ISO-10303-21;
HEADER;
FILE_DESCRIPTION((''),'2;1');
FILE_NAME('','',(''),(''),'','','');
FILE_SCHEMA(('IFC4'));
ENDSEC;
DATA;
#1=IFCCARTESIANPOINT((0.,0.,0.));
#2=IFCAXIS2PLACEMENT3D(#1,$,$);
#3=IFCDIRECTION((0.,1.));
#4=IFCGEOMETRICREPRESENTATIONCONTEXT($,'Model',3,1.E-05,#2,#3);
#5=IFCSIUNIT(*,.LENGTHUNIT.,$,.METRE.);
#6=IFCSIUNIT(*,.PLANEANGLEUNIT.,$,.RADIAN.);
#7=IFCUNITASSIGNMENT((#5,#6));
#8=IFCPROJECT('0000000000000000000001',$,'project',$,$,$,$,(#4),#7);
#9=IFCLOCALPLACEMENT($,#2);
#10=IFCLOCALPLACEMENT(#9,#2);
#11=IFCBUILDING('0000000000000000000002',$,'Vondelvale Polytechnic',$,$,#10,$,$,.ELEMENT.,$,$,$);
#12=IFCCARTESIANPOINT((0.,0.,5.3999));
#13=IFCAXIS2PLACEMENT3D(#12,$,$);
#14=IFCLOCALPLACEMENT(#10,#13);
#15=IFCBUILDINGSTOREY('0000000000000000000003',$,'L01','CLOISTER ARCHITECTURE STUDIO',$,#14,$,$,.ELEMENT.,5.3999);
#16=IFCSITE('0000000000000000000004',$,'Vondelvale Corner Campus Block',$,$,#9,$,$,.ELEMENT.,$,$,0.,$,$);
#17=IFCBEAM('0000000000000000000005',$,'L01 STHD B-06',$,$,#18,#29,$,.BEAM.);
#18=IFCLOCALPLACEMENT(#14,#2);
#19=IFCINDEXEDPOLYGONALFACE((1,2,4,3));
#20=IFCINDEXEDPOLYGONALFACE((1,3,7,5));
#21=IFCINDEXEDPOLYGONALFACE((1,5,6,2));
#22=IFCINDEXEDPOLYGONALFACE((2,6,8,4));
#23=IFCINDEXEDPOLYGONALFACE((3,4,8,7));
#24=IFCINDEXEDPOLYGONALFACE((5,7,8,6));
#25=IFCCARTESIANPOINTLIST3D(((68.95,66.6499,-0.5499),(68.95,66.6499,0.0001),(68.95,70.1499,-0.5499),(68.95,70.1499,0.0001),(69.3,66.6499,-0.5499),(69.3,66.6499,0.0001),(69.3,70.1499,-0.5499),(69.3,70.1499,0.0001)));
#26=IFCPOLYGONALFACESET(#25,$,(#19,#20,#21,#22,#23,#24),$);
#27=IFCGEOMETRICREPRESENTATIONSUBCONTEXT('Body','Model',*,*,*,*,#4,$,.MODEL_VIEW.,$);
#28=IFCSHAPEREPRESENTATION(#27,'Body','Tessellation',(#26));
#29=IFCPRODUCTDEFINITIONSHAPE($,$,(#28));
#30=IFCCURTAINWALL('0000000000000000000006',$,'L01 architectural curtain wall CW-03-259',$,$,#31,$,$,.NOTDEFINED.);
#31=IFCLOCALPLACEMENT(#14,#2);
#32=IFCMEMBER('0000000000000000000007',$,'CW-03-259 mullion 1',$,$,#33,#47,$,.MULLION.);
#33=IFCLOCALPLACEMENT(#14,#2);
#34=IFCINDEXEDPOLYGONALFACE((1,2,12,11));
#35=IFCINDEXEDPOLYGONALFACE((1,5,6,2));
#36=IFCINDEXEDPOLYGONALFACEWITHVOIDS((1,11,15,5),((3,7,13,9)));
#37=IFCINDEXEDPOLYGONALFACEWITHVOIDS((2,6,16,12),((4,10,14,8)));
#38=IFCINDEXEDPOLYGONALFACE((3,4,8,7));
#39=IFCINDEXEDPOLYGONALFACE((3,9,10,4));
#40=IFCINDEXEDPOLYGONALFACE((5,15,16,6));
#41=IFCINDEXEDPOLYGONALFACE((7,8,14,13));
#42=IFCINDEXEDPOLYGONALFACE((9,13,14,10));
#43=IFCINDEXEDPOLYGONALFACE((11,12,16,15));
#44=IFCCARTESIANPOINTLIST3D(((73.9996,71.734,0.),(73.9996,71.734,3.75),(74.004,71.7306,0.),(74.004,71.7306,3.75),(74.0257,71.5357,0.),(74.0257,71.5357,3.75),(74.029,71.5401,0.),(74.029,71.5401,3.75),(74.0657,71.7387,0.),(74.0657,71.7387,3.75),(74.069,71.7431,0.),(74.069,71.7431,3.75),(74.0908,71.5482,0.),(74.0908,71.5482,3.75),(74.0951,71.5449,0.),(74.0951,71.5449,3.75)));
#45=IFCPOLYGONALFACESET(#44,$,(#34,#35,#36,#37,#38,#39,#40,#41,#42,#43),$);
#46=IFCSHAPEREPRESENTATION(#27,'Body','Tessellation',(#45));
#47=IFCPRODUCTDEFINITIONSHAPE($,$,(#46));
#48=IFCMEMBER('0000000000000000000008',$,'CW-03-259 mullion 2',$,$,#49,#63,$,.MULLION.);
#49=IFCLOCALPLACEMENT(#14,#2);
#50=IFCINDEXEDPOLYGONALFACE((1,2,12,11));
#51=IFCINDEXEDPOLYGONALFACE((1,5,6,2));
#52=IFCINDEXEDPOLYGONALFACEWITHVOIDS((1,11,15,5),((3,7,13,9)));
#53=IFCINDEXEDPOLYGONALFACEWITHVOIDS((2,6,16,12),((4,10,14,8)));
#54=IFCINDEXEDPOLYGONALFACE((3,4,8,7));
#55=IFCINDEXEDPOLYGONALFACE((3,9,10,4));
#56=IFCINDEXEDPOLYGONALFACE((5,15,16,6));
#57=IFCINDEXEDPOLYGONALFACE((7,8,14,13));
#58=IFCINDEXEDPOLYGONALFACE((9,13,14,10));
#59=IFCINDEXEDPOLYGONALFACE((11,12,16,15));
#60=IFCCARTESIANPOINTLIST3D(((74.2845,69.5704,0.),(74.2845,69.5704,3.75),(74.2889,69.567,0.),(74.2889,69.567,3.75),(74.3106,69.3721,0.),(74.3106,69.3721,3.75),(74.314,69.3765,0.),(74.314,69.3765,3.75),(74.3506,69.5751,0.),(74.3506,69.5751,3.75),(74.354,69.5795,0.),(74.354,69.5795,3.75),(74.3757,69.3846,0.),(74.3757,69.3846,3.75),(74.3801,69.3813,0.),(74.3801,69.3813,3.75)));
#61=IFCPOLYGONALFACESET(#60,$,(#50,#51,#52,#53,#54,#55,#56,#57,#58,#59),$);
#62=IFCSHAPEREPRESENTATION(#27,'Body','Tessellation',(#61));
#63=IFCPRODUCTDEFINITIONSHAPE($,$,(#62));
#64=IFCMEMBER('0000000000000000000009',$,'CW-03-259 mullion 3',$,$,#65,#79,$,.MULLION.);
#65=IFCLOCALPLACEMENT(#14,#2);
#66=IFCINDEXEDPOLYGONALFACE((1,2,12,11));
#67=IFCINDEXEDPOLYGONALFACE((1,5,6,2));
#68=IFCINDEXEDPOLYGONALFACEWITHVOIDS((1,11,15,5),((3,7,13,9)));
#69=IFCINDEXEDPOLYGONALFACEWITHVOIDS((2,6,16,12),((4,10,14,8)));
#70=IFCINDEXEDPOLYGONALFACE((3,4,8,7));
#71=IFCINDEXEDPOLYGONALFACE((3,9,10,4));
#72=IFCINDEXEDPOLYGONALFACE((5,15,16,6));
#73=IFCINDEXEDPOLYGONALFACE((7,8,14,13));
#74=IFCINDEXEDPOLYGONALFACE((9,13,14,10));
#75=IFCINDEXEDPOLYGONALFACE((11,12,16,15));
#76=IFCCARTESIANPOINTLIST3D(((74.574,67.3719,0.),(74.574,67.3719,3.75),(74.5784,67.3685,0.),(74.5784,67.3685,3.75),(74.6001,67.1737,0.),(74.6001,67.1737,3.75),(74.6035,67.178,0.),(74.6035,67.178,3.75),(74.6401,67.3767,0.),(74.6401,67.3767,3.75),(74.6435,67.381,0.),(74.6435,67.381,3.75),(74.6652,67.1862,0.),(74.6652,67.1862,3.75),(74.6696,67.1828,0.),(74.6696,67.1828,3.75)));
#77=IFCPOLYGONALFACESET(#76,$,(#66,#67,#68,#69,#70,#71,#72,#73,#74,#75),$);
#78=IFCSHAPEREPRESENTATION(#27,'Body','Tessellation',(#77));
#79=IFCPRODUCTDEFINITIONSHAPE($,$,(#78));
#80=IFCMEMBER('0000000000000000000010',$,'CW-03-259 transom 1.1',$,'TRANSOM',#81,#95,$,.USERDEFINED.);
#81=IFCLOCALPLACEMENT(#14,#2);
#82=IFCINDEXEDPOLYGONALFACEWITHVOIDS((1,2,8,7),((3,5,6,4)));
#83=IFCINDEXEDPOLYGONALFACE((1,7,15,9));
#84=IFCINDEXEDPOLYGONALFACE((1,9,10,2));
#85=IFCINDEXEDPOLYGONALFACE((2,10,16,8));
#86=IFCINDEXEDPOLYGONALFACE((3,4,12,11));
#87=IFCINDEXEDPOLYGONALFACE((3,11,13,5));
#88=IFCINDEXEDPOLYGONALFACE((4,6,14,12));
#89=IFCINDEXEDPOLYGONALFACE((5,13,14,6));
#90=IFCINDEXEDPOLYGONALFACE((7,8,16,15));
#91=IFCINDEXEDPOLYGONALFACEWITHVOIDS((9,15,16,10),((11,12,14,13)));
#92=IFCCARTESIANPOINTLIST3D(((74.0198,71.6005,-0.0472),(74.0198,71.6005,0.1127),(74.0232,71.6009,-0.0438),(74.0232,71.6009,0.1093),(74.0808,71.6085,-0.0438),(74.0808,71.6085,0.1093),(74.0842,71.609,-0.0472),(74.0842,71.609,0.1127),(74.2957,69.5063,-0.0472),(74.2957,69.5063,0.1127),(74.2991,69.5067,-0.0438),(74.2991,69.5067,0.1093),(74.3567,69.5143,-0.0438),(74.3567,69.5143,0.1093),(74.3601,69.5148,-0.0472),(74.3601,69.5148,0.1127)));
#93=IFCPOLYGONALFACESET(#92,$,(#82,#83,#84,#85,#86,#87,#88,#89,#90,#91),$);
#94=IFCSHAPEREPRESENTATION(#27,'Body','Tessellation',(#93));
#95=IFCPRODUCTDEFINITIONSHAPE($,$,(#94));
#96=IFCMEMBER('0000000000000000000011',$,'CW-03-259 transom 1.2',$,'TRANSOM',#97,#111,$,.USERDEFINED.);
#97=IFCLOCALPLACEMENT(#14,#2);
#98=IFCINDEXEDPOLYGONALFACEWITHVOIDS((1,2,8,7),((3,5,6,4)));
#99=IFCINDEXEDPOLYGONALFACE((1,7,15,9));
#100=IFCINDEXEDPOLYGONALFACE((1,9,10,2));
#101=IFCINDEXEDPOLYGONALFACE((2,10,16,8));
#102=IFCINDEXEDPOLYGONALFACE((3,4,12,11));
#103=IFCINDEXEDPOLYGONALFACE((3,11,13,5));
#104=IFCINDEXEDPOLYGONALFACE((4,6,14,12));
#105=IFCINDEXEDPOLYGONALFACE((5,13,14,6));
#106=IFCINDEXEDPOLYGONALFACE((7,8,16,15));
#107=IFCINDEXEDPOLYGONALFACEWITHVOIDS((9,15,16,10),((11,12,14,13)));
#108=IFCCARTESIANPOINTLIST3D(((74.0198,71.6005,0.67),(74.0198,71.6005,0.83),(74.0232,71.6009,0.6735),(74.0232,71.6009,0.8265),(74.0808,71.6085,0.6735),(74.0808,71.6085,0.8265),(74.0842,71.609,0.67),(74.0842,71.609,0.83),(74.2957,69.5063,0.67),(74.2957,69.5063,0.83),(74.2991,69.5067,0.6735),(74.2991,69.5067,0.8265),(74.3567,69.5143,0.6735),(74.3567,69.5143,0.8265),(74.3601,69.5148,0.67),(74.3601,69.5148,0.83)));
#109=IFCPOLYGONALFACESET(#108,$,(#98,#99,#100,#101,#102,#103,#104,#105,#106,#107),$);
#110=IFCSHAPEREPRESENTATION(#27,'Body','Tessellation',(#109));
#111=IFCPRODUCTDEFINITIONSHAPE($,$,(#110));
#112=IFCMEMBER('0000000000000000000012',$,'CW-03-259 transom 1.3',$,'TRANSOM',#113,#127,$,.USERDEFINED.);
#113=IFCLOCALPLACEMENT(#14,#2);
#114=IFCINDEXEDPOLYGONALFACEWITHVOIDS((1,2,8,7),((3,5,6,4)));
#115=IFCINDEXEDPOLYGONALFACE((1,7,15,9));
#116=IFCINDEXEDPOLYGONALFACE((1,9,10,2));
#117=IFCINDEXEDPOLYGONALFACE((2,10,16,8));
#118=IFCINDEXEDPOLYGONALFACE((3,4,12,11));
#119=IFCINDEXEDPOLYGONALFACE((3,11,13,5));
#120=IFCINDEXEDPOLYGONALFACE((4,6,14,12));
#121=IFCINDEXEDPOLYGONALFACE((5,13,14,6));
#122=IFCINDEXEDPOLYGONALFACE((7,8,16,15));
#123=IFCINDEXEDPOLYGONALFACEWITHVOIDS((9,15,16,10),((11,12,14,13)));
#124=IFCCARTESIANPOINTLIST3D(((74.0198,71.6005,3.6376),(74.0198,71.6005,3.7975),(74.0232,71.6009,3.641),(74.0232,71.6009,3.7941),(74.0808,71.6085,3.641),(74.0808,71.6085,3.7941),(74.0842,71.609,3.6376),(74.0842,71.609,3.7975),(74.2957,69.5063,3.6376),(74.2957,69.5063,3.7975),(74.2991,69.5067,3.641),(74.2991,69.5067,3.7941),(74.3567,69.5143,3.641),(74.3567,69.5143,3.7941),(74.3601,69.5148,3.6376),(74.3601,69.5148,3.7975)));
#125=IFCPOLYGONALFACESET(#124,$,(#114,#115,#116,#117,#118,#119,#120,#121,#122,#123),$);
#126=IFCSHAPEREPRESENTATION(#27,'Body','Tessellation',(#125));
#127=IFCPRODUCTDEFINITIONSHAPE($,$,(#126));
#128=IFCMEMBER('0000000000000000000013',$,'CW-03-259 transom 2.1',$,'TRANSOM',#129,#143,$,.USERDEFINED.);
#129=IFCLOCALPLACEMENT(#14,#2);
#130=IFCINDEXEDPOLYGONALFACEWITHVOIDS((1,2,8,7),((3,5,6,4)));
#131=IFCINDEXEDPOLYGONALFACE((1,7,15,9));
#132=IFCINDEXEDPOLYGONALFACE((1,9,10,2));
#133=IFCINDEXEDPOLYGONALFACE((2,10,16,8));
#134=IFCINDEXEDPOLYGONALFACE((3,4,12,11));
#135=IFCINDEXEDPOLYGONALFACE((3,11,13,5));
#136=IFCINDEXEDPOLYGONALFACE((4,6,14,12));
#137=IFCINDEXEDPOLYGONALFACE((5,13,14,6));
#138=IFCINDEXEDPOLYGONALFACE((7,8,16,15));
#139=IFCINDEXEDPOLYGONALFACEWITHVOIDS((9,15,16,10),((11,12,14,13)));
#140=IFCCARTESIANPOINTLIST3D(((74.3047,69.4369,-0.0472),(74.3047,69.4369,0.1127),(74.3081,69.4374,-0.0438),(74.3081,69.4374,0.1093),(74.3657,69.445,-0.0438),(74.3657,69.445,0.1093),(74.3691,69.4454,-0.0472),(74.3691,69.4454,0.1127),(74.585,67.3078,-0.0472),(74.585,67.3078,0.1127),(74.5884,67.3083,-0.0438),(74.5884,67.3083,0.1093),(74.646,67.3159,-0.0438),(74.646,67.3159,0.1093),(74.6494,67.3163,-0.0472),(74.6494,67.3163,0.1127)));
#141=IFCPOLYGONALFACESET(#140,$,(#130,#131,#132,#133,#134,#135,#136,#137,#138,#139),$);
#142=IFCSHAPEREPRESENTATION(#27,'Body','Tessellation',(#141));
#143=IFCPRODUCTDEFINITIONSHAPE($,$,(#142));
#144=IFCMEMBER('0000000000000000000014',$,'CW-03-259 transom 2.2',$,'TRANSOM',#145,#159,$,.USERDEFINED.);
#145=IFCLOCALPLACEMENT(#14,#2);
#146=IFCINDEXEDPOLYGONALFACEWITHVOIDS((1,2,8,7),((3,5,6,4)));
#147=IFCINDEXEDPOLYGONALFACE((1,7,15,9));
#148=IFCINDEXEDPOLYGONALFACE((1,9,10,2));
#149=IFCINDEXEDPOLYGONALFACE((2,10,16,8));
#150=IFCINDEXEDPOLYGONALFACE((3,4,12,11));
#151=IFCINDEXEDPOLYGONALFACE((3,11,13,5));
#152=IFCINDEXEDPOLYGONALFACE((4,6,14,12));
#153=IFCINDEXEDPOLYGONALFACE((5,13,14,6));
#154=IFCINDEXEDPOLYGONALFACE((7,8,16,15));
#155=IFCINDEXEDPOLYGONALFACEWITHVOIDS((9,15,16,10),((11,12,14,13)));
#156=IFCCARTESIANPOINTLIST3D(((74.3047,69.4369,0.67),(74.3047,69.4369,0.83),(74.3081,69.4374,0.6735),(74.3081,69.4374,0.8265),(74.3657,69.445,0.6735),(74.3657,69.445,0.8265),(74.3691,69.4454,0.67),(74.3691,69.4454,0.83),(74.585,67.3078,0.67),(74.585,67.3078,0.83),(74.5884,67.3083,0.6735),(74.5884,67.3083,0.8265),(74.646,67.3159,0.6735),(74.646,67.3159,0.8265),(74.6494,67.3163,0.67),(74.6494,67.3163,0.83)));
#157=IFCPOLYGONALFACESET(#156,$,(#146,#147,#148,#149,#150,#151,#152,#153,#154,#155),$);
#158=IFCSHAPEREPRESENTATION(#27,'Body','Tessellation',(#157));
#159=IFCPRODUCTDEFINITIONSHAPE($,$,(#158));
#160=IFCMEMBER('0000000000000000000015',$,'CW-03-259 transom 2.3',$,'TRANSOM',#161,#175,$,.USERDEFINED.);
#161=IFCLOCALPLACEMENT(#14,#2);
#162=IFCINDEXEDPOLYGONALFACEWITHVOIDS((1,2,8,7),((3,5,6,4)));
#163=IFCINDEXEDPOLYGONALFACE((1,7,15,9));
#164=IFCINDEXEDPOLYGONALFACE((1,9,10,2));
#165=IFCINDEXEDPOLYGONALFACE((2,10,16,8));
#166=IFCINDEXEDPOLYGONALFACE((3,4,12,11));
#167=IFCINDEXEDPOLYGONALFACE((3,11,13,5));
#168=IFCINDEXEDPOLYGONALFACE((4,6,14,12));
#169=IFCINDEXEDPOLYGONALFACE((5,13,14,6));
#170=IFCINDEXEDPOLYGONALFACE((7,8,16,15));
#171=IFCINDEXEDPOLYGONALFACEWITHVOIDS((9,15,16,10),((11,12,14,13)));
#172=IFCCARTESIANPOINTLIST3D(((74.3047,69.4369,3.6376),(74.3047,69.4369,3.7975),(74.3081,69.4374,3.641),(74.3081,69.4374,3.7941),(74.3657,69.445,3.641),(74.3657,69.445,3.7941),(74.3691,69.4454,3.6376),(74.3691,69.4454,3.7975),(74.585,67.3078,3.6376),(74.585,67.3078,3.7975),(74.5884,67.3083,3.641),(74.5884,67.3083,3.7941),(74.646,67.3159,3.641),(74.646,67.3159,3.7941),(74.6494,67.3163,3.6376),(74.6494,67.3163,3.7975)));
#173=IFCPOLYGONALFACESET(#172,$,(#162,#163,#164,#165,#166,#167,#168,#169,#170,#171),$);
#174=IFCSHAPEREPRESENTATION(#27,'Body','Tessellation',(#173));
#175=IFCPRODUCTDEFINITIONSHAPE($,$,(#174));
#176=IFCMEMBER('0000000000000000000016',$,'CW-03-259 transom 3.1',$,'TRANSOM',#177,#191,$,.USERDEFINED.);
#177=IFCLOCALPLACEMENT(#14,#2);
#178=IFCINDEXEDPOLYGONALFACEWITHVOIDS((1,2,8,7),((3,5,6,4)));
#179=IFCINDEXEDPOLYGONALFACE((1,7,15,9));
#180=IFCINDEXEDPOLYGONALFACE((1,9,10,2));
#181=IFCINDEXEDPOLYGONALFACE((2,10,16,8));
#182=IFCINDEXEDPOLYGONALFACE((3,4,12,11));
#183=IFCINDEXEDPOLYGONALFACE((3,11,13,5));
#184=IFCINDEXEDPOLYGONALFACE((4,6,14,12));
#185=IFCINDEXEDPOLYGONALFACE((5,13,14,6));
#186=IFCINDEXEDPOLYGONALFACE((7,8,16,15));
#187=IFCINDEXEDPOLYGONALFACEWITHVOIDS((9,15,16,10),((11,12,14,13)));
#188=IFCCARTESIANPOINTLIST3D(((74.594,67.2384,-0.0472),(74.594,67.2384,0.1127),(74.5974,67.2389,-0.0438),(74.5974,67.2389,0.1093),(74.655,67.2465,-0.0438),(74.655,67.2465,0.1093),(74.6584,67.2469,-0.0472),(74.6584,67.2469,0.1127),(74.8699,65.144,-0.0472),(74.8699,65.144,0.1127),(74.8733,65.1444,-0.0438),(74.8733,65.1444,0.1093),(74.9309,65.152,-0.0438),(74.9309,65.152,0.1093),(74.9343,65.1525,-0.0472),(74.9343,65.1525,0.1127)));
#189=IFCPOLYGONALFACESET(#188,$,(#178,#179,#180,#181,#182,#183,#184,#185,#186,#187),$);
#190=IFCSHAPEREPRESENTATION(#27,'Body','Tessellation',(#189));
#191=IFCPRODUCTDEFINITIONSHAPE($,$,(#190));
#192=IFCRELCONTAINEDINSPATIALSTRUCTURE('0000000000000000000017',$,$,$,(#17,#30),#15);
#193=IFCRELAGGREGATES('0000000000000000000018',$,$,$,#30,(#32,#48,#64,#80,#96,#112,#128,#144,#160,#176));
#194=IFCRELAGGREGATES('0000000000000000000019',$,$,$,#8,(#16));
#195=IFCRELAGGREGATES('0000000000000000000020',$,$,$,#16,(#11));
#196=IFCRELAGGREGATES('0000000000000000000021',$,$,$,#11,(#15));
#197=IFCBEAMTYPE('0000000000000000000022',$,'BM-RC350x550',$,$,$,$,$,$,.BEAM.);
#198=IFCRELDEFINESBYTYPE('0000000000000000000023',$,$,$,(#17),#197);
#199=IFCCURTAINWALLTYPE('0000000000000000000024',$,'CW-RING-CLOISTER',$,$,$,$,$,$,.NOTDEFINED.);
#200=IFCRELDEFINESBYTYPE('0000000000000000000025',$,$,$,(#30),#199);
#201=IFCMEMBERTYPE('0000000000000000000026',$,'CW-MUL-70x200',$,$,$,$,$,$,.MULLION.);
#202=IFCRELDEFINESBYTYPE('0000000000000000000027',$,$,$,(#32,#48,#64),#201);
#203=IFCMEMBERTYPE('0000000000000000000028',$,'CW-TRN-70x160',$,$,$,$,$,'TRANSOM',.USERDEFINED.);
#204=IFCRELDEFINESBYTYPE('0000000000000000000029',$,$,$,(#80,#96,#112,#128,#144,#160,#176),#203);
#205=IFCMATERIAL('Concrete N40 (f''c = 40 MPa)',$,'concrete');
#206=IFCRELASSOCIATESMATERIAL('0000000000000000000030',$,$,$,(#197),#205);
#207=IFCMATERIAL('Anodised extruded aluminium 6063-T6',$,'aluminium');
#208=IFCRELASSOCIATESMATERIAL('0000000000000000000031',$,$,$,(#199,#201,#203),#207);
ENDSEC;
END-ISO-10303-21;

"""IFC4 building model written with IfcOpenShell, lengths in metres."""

from ifc_helpers import new_model, si_unit, direction, frame, origin, origin_2d, place, context, subcontext, project, spatial, rectangle, hollow_rectangle, extrude, material, material_profile, profile_set, type_object, element, aggregate, save


model = new_model("IFC4")

# Units and contexts
model_context = context("Model", 3, precision=1e-05, world=origin(), true_north=direction((0.0, 1.0)))
body_context = subcontext(model_context, "Body", "Model", "MODEL_VIEW")
ifc_project = project(units=[si_unit("LENGTHUNIT", "METRE"), si_unit("PLANEANGLEUNIT", "RADIAN")], contexts=[model_context])

# Site, building, storey
site_placement = place(None, origin())
site = spatial("IfcSite", under=ifc_project, at=site_placement, Name="Vondelvale Corner Campus Block", CompositionType="ELEMENT", RefElevation=0.0)
building_placement = place(site_placement, origin())
building = spatial("IfcBuilding", under=site, at=building_placement, Name="Vondelvale Polytechnic", CompositionType="ELEMENT")
storey_placement = place(building_placement, frame((0.0, 0.0, 5.3999)))
storey = spatial("IfcBuildingStorey", under=building, at=storey_placement, Name="L01", Description="CLOISTER ARCHITECTURE STUDIO", CompositionType="ELEMENT", Elevation=5.3999)

# Beam
ifc_material_1 = material(Name="Concrete N40 (f'c = 40 MPa)", Category="concrete")
ifc_material_profile_1 = material_profile(ifc_material_1, rectangle(XDim=0.3501, YDim=0.55, at=origin_2d()), Name="RC-BM-350x550")
ifc_profile_set_1 = profile_set([ifc_material_profile_1], Name="Concrete N40 (f'c = 40 MPa)")
beam_type = type_object("IfcBeamType", Name="BM-RC350x550", PredefinedType="BEAM", material=ifc_profile_set_1)
beam_placement = place(storey_placement, frame((69.125, 70.1499, -0.2749), z_axis=(0.0, -1.0, 0.0), x_axis=(1.0, 0.0, 0.0)))
element("IfcBeam", 1, at=beam_placement, inside=storey, type_object=beam_type, Name="L01 STHD B-06", PredefinedType="BEAM", context=body_context, shape_type="SweptSolid", body=[
    extrude(rectangle(XDim=0.3501, YDim=0.55, at=origin_2d()), origin(), (0.0, 0.0, 1.0), 3.5),
])

# Curtain wall, members
ifc_material_2 = material(Name="Anodised extruded aluminium 6063-T6", Category="aluminium")
curtain_wall_type = type_object("IfcCurtainWallType", Name="CW-RING-CLOISTER", PredefinedType="NOTDEFINED", material=ifc_material_2)
curtain_wall_placement = place(storey_placement, origin())
curtain_wall = element("IfcCurtainWall", 2, at=curtain_wall_placement, inside=storey, type_object=curtain_wall_type, Name="L01 architectural curtain wall CW-03-259", PredefinedType="NOTDEFINED")
ifc_material_profile_2 = material_profile(ifc_material_2, hollow_rectangle(XDim=0.0701, YDim=0.2, WallThickness=0.0039, at=origin_2d()), Name="CW-MUL-200x70")
ifc_profile_set_2 = profile_set([ifc_material_profile_2], Name="Anodised extruded aluminium 6063-T6")
member_type_1 = type_object("IfcMemberType", Name="CW-MUL-70x200", PredefinedType="MULLION", material=ifc_profile_set_2)
member_1_placement = place(storey_placement, frame((74.0474, 71.6394, 0.0), z_axis=(0.0, 0.0, 1.0), x_axis=(0.991445, 0.130528, 0.0)))
member_1 = element("IfcMember", 3, at=member_1_placement, type_object=member_type_1, Name="CW-03-259 mullion 1", PredefinedType="MULLION", context=body_context, shape_type="SweptSolid", body=[
    extrude(hollow_rectangle(XDim=0.0701, YDim=0.2, WallThickness=0.0039, at=origin_2d()), origin(), (0.0, 0.0, 1.0), 3.75),
])
member_2_placement = place(storey_placement, frame((74.3323, 69.4758, 0.0), z_axis=(0.0, 0.0, 1.0), x_axis=(0.991445, 0.130528, 0.0)))
member_2 = element("IfcMember", 4, at=member_2_placement, type_object=member_type_1, Name="CW-03-259 mullion 2", PredefinedType="MULLION", context=body_context, shape_type="SweptSolid", body=[
    extrude(hollow_rectangle(XDim=0.0701, YDim=0.2, WallThickness=0.0039, at=origin_2d()), origin(), (0.0, 0.0, 1.0), 3.75),
])
member_3_placement = place(storey_placement, frame((74.6218, 67.2773, 0.0), z_axis=(0.0, 0.0, 1.0), x_axis=(0.991445, 0.130528, 0.0)))
member_3 = element("IfcMember", 5, at=member_3_placement, type_object=member_type_1, Name="CW-03-259 mullion 3", PredefinedType="MULLION", context=body_context, shape_type="SweptSolid", body=[
    extrude(hollow_rectangle(XDim=0.0701, YDim=0.2, WallThickness=0.0039, at=origin_2d()), origin(), (0.0, 0.0, 1.0), 3.75),
])
ifc_material_profile_3 = material_profile(ifc_material_2, hollow_rectangle(XDim=0.0649, YDim=0.1599, WallThickness=0.0034, at=origin_2d()), Name="CW-TRN-160x65")
ifc_profile_set_3 = profile_set([ifc_material_profile_3], Name="Anodised extruded aluminium 6063-T6")
member_type_2 = type_object("IfcMemberType", Name="CW-TRN-70x160", ElementType="TRANSOM", PredefinedType="USERDEFINED", material=ifc_profile_set_3)
member_4_placement = place(storey_placement, frame((74.052, 71.6047, 0.0327), z_axis=(0.130604, -0.991435, 0.0), x_axis=(0.991435, 0.130604, 0.0)))
member_4 = element("IfcMember", 6, at=member_4_placement, type_object=member_type_2, Name="CW-03-259 transom 1.1", ObjectType="TRANSOM", PredefinedType="USERDEFINED", context=body_context, shape_type="SweptSolid", body=[
    extrude(hollow_rectangle(XDim=0.0649, YDim=0.1599, WallThickness=0.0034, at=origin_2d()), origin(), (0.0, 0.0, 1.0), 2.1123),
])
member_5_placement = place(storey_placement, frame((74.052, 71.6047, 0.75), z_axis=(0.130604, -0.991435, 0.0), x_axis=(0.991435, 0.130604, 0.0)))
member_5 = element("IfcMember", 7, at=member_5_placement, type_object=member_type_2, Name="CW-03-259 transom 1.2", ObjectType="TRANSOM", PredefinedType="USERDEFINED", context=body_context, shape_type="SweptSolid", body=[
    extrude(hollow_rectangle(XDim=0.0649, YDim=0.1599, WallThickness=0.0034, at=origin_2d()), origin(), (0.0, 0.0, 1.0), 2.1123),
])
member_6_placement = place(storey_placement, frame((74.052, 71.6047, 3.7175), z_axis=(0.130604, -0.991435, 0.0), x_axis=(0.991435, 0.130604, 0.0)))
member_6 = element("IfcMember", 8, at=member_6_placement, type_object=member_type_2, Name="CW-03-259 transom 1.3", ObjectType="TRANSOM", PredefinedType="USERDEFINED", context=body_context, shape_type="SweptSolid", body=[
    extrude(hollow_rectangle(XDim=0.0649, YDim=0.1599, WallThickness=0.0034, at=origin_2d()), origin(), (0.0, 0.0, 1.0), 2.1123),
])
member_7_placement = place(storey_placement, frame((74.3369, 69.4412, 0.0327), z_axis=(0.13051, -0.991447, 0.0), x_axis=(0.991447, 0.13051, 0.0)))
member_7 = element("IfcMember", 9, at=member_7_placement, type_object=member_type_2, Name="CW-03-259 transom 2.1", ObjectType="TRANSOM", PredefinedType="USERDEFINED", context=body_context, shape_type="SweptSolid", body=[
    extrude(hollow_rectangle(XDim=0.0649, YDim=0.1599, WallThickness=0.0034, at=origin_2d()), origin(), (0.0, 0.0, 1.0), 2.1475),
])
member_8_placement = place(storey_placement, frame((74.3369, 69.4412, 0.75), z_axis=(0.13051, -0.991447, 0.0), x_axis=(0.991447, 0.13051, 0.0)))
member_8 = element("IfcMember", 10, at=member_8_placement, type_object=member_type_2, Name="CW-03-259 transom 2.2", ObjectType="TRANSOM", PredefinedType="USERDEFINED", context=body_context, shape_type="SweptSolid", body=[
    extrude(hollow_rectangle(XDim=0.0649, YDim=0.1599, WallThickness=0.0034, at=origin_2d()), origin(), (0.0, 0.0, 1.0), 2.1475),
])
member_9_placement = place(storey_placement, frame((74.3369, 69.4412, 3.7175), z_axis=(0.13051, -0.991447, 0.0), x_axis=(0.991447, 0.13051, 0.0)))
member_9 = element("IfcMember", 11, at=member_9_placement, type_object=member_type_2, Name="CW-03-259 transom 2.3", ObjectType="TRANSOM", PredefinedType="USERDEFINED", context=body_context, shape_type="SweptSolid", body=[
    extrude(hollow_rectangle(XDim=0.0649, YDim=0.1599, WallThickness=0.0034, at=origin_2d()), origin(), (0.0, 0.0, 1.0), 2.1475),
])
member_10_placement = place(storey_placement, frame((74.6262, 67.2427, 0.0327), z_axis=(0.130589, -0.991437, 0.0), x_axis=(0.991437, 0.130589, 0.0)))
member_10 = element("IfcMember", 12, at=member_10_placement, type_object=member_type_2, Name="CW-03-259 transom 3.1", ObjectType="TRANSOM", PredefinedType="USERDEFINED", context=body_context, shape_type="SweptSolid", body=[
    extrude(hollow_rectangle(XDim=0.0649, YDim=0.1599, WallThickness=0.0034, at=origin_2d()), origin(), (0.0, 0.0, 1.0), 2.1125),
])
aggregate(curtain_wall, [member_1, member_2, member_3, member_4, member_5, member_6, member_7, member_8, member_9, member_10])

save(model, "model.ifc")
